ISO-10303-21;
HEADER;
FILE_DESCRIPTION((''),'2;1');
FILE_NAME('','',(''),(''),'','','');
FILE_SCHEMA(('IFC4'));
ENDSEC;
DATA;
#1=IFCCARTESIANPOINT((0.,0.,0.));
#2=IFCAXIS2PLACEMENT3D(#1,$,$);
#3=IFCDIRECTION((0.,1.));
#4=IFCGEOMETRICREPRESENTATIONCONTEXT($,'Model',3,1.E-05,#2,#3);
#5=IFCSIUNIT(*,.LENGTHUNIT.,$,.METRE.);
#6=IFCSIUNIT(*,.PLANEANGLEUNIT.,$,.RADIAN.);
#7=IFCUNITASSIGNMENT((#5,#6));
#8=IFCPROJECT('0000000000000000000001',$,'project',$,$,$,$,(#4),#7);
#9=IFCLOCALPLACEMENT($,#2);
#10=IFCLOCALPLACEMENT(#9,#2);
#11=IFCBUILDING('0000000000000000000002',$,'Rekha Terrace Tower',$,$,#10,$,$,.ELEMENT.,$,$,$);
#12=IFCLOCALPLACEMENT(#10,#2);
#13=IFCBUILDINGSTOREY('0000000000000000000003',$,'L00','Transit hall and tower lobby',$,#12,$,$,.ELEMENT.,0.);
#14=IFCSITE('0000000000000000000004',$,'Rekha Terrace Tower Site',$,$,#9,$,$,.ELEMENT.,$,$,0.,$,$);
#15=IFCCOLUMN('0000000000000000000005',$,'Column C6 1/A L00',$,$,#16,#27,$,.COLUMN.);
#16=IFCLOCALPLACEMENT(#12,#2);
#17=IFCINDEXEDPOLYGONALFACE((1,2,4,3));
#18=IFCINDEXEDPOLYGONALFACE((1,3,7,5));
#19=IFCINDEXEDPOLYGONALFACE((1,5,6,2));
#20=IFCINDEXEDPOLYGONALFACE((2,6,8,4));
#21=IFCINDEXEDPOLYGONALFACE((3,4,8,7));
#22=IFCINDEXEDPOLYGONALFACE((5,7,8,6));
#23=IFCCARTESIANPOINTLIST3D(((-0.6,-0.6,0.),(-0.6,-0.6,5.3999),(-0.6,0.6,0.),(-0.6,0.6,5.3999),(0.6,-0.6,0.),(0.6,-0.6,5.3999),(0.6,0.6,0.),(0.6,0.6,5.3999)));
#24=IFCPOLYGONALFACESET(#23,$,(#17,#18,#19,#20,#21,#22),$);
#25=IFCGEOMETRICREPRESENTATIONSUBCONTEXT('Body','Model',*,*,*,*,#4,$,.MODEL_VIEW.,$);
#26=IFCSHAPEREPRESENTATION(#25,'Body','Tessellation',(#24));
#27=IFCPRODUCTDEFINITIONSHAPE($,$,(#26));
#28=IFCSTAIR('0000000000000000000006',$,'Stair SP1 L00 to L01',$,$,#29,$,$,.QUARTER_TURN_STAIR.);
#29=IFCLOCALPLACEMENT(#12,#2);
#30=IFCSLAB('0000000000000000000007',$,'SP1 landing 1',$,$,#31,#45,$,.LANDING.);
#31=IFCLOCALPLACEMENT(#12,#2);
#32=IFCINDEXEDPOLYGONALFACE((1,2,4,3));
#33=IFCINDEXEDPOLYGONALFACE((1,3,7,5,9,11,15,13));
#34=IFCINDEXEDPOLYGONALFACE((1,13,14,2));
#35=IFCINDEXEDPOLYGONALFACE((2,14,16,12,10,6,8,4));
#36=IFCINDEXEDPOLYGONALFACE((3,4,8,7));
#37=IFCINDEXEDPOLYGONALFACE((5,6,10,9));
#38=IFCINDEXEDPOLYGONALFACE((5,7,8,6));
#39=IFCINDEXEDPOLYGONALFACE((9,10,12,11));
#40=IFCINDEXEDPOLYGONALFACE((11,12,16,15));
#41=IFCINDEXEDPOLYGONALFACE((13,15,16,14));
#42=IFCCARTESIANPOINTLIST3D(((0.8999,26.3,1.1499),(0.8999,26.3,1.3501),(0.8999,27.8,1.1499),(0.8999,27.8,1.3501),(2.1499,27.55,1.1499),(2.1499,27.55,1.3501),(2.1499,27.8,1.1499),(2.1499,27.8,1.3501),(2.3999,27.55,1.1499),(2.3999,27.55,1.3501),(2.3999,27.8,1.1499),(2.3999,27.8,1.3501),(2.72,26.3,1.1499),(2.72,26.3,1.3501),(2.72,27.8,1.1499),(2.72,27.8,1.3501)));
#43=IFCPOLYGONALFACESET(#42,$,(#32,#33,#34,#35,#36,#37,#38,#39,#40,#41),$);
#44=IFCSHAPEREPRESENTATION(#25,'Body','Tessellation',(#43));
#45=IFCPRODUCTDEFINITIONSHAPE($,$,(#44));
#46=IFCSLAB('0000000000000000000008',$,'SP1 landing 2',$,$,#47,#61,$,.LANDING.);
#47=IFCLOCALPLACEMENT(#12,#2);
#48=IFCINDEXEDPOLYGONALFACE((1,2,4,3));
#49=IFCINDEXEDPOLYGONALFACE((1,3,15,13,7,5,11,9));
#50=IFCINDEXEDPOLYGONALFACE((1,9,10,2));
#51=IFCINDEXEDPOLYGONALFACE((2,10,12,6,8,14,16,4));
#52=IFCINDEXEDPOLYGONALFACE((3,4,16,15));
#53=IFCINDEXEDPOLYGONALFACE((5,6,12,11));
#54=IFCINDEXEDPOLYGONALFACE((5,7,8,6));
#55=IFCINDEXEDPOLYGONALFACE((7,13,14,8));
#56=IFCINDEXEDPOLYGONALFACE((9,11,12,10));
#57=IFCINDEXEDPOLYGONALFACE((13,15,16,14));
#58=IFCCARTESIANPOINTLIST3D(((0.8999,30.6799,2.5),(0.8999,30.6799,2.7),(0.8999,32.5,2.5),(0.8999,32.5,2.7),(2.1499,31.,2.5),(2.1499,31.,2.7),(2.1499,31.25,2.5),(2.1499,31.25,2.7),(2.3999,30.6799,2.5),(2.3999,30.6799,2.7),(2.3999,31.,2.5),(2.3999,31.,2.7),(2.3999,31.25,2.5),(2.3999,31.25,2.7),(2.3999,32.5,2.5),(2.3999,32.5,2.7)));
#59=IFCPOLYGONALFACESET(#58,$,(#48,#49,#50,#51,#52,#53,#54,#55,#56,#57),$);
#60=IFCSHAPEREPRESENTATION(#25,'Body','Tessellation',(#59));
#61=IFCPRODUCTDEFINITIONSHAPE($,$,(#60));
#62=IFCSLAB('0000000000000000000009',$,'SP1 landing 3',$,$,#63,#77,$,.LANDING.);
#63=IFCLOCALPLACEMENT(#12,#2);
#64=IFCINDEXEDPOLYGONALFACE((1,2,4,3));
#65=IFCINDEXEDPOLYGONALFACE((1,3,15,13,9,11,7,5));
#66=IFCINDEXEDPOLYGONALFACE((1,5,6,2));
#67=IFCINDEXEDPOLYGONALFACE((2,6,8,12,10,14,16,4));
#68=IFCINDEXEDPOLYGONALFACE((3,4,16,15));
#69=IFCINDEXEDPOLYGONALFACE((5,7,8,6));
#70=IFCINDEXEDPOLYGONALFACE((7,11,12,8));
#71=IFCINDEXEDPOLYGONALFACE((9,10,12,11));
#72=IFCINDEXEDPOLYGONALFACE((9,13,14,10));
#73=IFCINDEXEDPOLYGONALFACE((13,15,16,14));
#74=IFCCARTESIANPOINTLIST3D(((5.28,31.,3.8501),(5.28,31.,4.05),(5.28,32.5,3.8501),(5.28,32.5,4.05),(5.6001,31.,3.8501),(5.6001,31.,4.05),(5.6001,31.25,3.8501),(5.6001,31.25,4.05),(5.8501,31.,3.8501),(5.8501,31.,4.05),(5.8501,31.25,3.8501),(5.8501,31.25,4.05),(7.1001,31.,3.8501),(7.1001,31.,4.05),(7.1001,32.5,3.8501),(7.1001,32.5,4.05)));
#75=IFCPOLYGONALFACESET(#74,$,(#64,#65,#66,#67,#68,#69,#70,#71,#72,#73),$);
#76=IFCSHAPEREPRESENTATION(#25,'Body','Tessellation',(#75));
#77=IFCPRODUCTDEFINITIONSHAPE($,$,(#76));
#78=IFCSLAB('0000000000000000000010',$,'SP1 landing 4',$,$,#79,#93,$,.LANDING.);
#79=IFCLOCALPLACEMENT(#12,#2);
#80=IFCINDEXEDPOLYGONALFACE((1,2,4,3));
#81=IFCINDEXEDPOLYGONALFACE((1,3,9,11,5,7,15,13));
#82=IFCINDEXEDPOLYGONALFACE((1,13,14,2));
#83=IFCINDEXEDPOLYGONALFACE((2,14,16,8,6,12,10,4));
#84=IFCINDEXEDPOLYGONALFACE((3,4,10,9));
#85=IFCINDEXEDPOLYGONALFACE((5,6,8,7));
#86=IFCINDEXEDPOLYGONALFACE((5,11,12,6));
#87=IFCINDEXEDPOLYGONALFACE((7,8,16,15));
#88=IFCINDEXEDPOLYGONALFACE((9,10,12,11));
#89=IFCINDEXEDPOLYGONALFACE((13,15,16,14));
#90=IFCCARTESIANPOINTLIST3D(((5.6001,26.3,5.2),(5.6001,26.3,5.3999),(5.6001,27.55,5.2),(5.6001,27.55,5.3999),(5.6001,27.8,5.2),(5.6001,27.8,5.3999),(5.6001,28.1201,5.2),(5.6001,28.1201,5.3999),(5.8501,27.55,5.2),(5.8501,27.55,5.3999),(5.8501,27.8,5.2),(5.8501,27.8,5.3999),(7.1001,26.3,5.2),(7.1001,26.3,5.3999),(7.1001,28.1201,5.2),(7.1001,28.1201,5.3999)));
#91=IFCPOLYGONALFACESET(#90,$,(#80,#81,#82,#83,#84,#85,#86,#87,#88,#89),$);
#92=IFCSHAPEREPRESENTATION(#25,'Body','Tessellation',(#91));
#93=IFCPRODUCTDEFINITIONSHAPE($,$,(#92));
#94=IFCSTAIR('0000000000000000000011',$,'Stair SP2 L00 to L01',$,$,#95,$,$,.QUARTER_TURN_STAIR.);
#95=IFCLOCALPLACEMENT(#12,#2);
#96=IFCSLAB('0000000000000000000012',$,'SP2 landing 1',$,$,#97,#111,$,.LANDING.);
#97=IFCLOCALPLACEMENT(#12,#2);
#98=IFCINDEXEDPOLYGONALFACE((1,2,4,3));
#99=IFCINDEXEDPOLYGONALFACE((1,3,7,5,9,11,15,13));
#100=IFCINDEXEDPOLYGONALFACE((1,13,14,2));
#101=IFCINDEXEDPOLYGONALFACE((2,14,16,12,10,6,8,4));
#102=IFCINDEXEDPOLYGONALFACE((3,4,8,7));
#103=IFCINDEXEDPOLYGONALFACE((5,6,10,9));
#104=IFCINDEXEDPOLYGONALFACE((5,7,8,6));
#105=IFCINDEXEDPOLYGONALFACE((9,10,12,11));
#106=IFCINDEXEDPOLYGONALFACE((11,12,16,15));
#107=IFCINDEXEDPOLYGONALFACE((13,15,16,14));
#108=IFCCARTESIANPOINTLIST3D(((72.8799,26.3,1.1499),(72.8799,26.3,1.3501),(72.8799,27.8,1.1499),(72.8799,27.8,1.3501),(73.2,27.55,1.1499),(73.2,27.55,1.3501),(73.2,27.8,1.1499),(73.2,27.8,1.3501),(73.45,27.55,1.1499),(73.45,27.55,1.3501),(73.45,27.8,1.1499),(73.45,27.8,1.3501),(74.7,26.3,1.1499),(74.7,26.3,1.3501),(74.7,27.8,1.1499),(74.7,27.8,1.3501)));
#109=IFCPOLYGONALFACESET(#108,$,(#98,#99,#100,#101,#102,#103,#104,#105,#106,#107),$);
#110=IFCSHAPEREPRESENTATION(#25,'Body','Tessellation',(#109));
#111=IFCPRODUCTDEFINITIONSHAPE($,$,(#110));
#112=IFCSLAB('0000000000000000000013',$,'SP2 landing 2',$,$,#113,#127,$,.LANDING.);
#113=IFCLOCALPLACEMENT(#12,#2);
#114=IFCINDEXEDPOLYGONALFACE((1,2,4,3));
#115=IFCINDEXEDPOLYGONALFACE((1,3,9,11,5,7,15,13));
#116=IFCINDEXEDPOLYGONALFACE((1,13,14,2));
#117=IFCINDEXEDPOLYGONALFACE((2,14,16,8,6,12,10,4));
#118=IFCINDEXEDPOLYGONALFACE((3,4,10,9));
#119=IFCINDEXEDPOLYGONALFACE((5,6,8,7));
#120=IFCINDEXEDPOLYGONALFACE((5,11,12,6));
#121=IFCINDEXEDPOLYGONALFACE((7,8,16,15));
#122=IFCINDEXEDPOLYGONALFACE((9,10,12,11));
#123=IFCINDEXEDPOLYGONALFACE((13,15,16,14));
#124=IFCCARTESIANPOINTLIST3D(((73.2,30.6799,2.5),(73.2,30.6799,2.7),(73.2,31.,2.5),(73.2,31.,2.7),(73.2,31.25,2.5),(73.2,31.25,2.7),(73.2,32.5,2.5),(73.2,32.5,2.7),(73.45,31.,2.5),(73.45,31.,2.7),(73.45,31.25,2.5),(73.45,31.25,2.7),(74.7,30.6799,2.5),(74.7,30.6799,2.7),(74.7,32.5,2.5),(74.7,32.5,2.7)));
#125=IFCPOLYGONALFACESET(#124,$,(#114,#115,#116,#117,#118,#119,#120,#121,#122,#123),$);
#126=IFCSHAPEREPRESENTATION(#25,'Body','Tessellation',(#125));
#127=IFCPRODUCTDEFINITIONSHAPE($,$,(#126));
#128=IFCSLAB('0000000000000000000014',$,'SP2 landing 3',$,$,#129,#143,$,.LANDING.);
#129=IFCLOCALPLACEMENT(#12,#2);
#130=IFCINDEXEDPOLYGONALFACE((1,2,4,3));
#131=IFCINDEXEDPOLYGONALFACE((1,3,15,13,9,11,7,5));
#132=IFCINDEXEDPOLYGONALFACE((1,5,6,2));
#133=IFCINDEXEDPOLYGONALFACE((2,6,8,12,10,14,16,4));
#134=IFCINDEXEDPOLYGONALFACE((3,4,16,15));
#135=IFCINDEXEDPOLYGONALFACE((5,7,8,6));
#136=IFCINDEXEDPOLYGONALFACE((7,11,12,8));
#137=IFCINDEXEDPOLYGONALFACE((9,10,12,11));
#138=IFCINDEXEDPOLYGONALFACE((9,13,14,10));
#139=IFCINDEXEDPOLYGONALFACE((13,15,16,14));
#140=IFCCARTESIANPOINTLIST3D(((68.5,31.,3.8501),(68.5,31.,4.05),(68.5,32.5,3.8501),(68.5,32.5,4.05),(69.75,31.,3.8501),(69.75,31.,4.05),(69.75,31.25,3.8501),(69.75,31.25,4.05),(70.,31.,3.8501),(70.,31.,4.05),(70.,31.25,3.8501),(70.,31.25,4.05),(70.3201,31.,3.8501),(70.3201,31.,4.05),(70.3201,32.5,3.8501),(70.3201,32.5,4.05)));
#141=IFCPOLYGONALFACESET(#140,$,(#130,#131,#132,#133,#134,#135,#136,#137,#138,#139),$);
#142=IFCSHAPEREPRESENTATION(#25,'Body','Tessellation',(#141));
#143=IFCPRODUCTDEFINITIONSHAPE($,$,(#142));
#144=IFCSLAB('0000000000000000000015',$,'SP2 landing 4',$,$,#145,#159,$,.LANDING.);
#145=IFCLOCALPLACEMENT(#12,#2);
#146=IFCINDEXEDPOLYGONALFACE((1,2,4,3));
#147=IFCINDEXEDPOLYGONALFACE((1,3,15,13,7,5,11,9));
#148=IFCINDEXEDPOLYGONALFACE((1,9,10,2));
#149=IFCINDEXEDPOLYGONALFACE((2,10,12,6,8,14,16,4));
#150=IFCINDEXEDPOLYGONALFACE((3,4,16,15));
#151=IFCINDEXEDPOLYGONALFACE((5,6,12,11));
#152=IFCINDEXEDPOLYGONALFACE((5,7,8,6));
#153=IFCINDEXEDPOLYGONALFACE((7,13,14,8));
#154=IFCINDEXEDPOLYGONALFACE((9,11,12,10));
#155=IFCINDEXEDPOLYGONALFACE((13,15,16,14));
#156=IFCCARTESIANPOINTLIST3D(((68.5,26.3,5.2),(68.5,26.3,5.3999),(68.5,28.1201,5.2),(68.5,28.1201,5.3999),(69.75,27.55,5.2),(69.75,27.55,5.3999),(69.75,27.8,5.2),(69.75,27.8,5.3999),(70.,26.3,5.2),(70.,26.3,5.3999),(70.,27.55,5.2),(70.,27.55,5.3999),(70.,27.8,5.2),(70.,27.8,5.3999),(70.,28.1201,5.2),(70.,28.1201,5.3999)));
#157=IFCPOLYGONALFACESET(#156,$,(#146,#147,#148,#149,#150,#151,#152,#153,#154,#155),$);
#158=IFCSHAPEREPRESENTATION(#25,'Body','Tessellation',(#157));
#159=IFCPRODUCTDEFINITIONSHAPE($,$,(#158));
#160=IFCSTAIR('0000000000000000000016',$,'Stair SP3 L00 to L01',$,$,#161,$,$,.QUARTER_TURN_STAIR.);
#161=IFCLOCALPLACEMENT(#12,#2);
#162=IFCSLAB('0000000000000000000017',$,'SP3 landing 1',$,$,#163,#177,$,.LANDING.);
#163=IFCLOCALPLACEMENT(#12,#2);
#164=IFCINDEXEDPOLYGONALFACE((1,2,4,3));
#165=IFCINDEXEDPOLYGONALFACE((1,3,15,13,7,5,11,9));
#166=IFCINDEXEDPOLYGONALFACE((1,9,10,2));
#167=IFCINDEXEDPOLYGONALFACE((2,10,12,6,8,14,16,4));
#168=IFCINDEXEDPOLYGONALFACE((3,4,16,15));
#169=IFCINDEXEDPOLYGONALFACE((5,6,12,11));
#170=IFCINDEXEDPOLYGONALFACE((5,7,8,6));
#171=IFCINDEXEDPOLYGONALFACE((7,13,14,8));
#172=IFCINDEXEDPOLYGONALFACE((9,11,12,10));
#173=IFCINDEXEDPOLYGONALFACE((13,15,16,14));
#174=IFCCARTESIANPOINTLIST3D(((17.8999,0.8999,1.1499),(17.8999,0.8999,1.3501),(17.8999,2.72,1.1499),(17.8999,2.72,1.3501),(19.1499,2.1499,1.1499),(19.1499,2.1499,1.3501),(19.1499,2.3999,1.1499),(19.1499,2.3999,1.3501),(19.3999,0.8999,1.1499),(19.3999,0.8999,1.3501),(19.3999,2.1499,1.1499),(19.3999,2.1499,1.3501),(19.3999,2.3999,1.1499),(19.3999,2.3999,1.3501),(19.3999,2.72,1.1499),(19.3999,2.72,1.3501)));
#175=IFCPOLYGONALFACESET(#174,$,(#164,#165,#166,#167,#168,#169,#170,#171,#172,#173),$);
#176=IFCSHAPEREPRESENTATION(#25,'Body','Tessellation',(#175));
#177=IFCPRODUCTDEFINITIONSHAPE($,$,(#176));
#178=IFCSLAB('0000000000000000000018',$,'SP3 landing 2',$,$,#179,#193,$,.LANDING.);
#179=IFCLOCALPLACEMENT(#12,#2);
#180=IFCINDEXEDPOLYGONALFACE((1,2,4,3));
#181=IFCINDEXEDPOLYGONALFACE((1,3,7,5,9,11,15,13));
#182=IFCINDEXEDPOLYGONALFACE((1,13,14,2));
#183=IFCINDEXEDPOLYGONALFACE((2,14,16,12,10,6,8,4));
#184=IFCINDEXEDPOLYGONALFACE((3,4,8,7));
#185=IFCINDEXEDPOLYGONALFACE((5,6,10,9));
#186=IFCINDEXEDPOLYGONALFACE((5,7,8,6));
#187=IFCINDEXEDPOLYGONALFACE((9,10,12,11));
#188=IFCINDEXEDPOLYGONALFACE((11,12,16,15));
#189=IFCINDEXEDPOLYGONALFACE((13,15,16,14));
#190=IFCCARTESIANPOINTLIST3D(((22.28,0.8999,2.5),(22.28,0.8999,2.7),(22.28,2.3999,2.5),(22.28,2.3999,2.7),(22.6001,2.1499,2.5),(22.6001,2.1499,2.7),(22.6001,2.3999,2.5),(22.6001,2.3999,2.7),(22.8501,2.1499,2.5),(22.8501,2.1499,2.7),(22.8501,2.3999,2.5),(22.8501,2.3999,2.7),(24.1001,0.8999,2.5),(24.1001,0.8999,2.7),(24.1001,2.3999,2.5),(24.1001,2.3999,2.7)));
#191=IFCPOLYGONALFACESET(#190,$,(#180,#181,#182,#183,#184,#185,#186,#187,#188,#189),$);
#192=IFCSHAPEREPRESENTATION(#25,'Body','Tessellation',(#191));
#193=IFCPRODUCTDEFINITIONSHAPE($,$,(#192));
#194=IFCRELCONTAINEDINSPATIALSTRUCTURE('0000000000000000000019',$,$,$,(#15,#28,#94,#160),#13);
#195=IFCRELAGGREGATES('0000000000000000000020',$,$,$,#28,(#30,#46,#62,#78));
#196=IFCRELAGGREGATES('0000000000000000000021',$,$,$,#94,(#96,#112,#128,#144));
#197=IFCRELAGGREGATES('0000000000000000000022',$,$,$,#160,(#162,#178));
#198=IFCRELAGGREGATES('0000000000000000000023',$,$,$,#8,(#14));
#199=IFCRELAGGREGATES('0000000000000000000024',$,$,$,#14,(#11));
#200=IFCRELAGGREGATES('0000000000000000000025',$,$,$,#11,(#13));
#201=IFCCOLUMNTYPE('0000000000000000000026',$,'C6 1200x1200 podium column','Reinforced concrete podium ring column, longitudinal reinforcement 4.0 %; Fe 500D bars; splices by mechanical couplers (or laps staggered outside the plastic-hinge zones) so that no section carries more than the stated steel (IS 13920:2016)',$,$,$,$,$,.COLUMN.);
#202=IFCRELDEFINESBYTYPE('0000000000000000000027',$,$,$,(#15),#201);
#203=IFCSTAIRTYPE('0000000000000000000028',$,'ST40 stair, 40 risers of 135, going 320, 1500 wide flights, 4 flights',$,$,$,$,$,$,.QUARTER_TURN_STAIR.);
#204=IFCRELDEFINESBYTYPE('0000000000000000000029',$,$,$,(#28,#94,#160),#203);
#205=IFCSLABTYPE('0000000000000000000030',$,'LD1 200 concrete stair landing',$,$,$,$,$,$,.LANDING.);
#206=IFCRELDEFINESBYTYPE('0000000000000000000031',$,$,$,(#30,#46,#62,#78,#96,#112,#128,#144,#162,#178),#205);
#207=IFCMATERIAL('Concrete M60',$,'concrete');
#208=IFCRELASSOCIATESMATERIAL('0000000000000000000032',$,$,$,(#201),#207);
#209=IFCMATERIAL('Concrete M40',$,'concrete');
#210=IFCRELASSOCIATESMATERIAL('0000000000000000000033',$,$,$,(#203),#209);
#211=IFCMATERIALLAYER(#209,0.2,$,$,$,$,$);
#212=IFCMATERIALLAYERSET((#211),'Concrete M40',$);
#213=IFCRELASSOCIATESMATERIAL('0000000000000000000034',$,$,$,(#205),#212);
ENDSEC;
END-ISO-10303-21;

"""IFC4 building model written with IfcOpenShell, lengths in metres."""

from ifc_helpers import new_model, si_unit, direction, frame, origin, origin_with_axes, origin_2d, place, context, subcontext, project, spatial, polyline, rectangle, outline, extrude, material, layer, layer_set, material_profile, profile_set, type_object, element, aggregate, save


model = new_model("IFC4")

# Units and contexts
model_context = context("Model", 3, precision=1e-05, world=origin(), true_north=direction((0.0, 1.0)))
body_context = subcontext(model_context, "Body", "Model", "MODEL_VIEW")
ifc_project = project(units=[si_unit("LENGTHUNIT", "METRE"), si_unit("PLANEANGLEUNIT", "RADIAN")], contexts=[model_context])

# Site, building, storey
site_placement = place(None, origin())
site = spatial("IfcSite", under=ifc_project, at=site_placement, Name="Rekha Terrace Tower Site", CompositionType="ELEMENT", RefElevation=0.0)
building_placement = place(site_placement, origin())
building = spatial("IfcBuilding", under=site, at=building_placement, Name="Rekha Terrace Tower", CompositionType="ELEMENT")
storey_placement = place(building_placement, origin())
storey = spatial("IfcBuildingStorey", under=building, at=storey_placement, Name="L00", Description="Transit hall and tower lobby", CompositionType="ELEMENT", Elevation=0.0)

# Column
ifc_material_1 = material(Name="Concrete M60", Category="concrete")
ifc_material_profile = material_profile(ifc_material_1, rectangle(XDim=1.2, YDim=1.2, at=origin_2d()), Name="RC 1200x1200")
ifc_profile_set = profile_set([ifc_material_profile], Name="Concrete M60")
column_type = type_object("IfcColumnType", Name="C6 1200x1200 podium column", Description="Reinforced concrete podium ring column, longitudinal reinforcement 4.0 %; Fe 500D bars; splices by mechanical couplers (or laps staggered outside the plastic-hinge zones) so that no section carries more than the stated steel (IS 13920:2016)", PredefinedType="COLUMN", material=ifc_profile_set)
column_placement = place(storey_placement, origin_with_axes())
element("IfcColumn", 1, at=column_placement, inside=storey, type_object=column_type, Name="Column C6 1/A L00", PredefinedType="COLUMN", context=body_context, shape_type="SweptSolid", body=[
    extrude(rectangle(XDim=1.2, YDim=1.2, at=origin_2d()), origin(), (0.0, 0.0, 1.0), 5.3999),
])

# Stairs, slabs
ifc_material_2 = material(Name="Concrete M40", Category="concrete")
stair_type_1 = type_object("IfcStairType", Name="ST40 stair, 40 risers of 135, going 320, 1500 wide flights, 4 flights", PredefinedType="QUARTER_TURN_STAIR", material=ifc_material_2)
stair_1_placement = place(storey_placement, origin())
stair_1 = element("IfcStair", 2, at=stair_1_placement, inside=storey, type_object=stair_type_1, Name="Stair SP1 L00 to L01", PredefinedType="QUARTER_TURN_STAIR")
ifc_layer_1 = layer(ifc_material_2, 0.2)
ifc_layer_set_1 = layer_set([ifc_layer_1], Name="Concrete M40")
slab_type_1 = type_object("IfcSlabType", Name="LD1 200 concrete stair landing", PredefinedType="LANDING", material=ifc_layer_set_1)
slab_1_placement = place(storey_placement, frame((0.0, 0.0, 1.1499)))
slab_1 = element("IfcSlab", 3, at=slab_1_placement, type_object=slab_type_1, Name="SP1 landing 1", PredefinedType="LANDING", context=body_context, shape_type="SweptSolid", body=[
    extrude(outline(polyline([(0.8999, 27.8), (0.8999, 26.3), (2.72, 26.3), (2.72, 27.8), (2.3999, 27.8), (2.3999, 27.55), (2.1499, 27.55), (2.1499, 27.8), (0.8999, 27.8)])), origin(), (0.0, 0.0, 1.0), 0.2002),
])
slab_2_placement = place(storey_placement, frame((0.0, 0.0, 2.5)))
slab_2 = element("IfcSlab", 4, at=slab_2_placement, type_object=slab_type_1, Name="SP1 landing 2", PredefinedType="LANDING", context=body_context, shape_type="SweptSolid", body=[
    extrude(outline(polyline([(2.3999, 32.5), (0.8999, 32.5), (0.8999, 30.6799), (2.3999, 30.6799), (2.3999, 31.0), (2.1499, 31.0), (2.1499, 31.25), (2.3999, 31.25), (2.3999, 32.5)])), origin(), (0.0, 0.0, 1.0), 0.2),
])
slab_3_placement = place(storey_placement, frame((0.0, 0.0, 3.8501)))
slab_3 = element("IfcSlab", 5, at=slab_3_placement, type_object=slab_type_1, Name="SP1 landing 3", PredefinedType="LANDING", context=body_context, shape_type="SweptSolid", body=[
    extrude(outline(polyline([(7.1001, 31.0), (7.1001, 32.5), (5.28, 32.5), (5.28, 31.0), (5.6001, 31.0), (5.6001, 31.25), (5.8501, 31.25), (5.8501, 31.0), (7.1001, 31.0)])), origin(), (0.0, 0.0, 1.0), 0.2),
])
slab_4_placement = place(storey_placement, frame((0.0, 0.0, 5.2)))
slab_4 = element("IfcSlab", 6, at=slab_4_placement, type_object=slab_type_1, Name="SP1 landing 4", PredefinedType="LANDING", context=body_context, shape_type="SweptSolid", body=[
    extrude(outline(polyline([(5.6001, 26.3), (7.1001, 26.3), (7.1001, 28.1201), (5.6001, 28.1201), (5.6001, 27.8), (5.8501, 27.8), (5.8501, 27.55), (5.6001, 27.55), (5.6001, 26.3)])), origin(), (0.0, 0.0, 1.0), 0.2),
])
aggregate(stair_1, [slab_1, slab_2, slab_3, slab_4])
stair_2_placement = place(storey_placement, origin())
stair_2 = element("IfcStair", 7, at=stair_2_placement, inside=storey, type_object=stair_type_1, Name="Stair SP2 L00 to L01", PredefinedType="QUARTER_TURN_STAIR")
slab_5_placement = place(storey_placement, frame((0.0, 0.0, 1.1499)))
slab_5 = element("IfcSlab", 8, at=slab_5_placement, type_object=slab_type_1, Name="SP2 landing 1", PredefinedType="LANDING", context=body_context, shape_type="SweptSolid", body=[
    extrude(outline(polyline([(74.7, 27.8), (74.7, 26.3), (72.8799, 26.3), (72.8799, 27.8), (73.2, 27.8), (73.2, 27.55), (73.45, 27.55), (73.45, 27.8), (74.7, 27.8)])), origin(), (0.0, 0.0, 1.0), 0.2002),
])
slab_6_placement = place(storey_placement, frame((0.0, 0.0, 2.5)))
slab_6 = element("IfcSlab", 9, at=slab_6_placement, type_object=slab_type_1, Name="SP2 landing 2", PredefinedType="LANDING", context=body_context, shape_type="SweptSolid", body=[
    extrude(outline(polyline([(73.2, 32.5), (74.7, 32.5), (74.7, 30.6799), (73.2, 30.6799), (73.2, 31.0), (73.45, 31.0), (73.45, 31.25), (73.2, 31.25), (73.2, 32.5)])), origin(), (0.0, 0.0, 1.0), 0.2),
])
slab_7_placement = place(storey_placement, frame((0.0, 0.0, 3.8501)))
slab_7 = element("IfcSlab", 10, at=slab_7_placement, type_object=slab_type_1, Name="SP2 landing 3", PredefinedType="LANDING", context=body_context, shape_type="SweptSolid", body=[
    extrude(outline(polyline([(68.5, 31.0), (68.5, 32.5), (70.3201, 32.5), (70.3201, 31.0), (70.0, 31.0), (70.0, 31.25), (69.75, 31.25), (69.75, 31.0), (68.5, 31.0)])), origin(), (0.0, 0.0, 1.0), 0.2),
])
slab_8_placement = place(storey_placement, frame((0.0, 0.0, 5.2)))
slab_8 = element("IfcSlab", 11, at=slab_8_placement, type_object=slab_type_1, Name="SP2 landing 4", PredefinedType="LANDING", context=body_context, shape_type="SweptSolid", body=[
    extrude(outline(polyline([(70.0, 26.3), (68.5, 26.3), (68.5, 28.1201), (70.0, 28.1201), (70.0, 27.8), (69.75, 27.8), (69.75, 27.55), (70.0, 27.55), (70.0, 26.3)])), origin(), (0.0, 0.0, 1.0), 0.2),
])
aggregate(stair_2, [slab_5, slab_6, slab_7, slab_8])
stair_3_placement = place(storey_placement, origin())
stair_3 = element("IfcStair", 12, at=stair_3_placement, inside=storey, type_object=stair_type_1, Name="Stair SP3 L00 to L01", PredefinedType="QUARTER_TURN_STAIR")
slab_9_placement = place(storey_placement, frame((0.0, 0.0, 1.1499)))
slab_9 = element("IfcSlab", 13, at=slab_9_placement, type_object=slab_type_1, Name="SP3 landing 1", PredefinedType="LANDING", context=body_context, shape_type="SweptSolid", body=[
    extrude(outline(polyline([(19.3999, 0.8999), (17.8999, 0.8999), (17.8999, 2.72), (19.3999, 2.72), (19.3999, 2.3999), (19.1499, 2.3999), (19.1499, 2.1499), (19.3999, 2.1499), (19.3999, 0.8999)])), origin(), (0.0, 0.0, 1.0), 0.2002),
])
slab_10_placement = place(storey_placement, frame((0.0, 0.0, 2.5)))
slab_10 = element("IfcSlab", 14, at=slab_10_placement, type_object=slab_type_1, Name="SP3 landing 2", PredefinedType="LANDING", context=body_context, shape_type="SweptSolid", body=[
    extrude(outline(polyline([(24.1001, 2.3999), (24.1001, 0.8999), (22.28, 0.8999), (22.28, 2.3999), (22.6001, 2.3999), (22.6001, 2.1499), (22.8501, 2.1499), (22.8501, 2.3999), (24.1001, 2.3999)])), origin(), (0.0, 0.0, 1.0), 0.2),
])
aggregate(stair_3, [slab_9, slab_10])

save(model, "model.ifc")
